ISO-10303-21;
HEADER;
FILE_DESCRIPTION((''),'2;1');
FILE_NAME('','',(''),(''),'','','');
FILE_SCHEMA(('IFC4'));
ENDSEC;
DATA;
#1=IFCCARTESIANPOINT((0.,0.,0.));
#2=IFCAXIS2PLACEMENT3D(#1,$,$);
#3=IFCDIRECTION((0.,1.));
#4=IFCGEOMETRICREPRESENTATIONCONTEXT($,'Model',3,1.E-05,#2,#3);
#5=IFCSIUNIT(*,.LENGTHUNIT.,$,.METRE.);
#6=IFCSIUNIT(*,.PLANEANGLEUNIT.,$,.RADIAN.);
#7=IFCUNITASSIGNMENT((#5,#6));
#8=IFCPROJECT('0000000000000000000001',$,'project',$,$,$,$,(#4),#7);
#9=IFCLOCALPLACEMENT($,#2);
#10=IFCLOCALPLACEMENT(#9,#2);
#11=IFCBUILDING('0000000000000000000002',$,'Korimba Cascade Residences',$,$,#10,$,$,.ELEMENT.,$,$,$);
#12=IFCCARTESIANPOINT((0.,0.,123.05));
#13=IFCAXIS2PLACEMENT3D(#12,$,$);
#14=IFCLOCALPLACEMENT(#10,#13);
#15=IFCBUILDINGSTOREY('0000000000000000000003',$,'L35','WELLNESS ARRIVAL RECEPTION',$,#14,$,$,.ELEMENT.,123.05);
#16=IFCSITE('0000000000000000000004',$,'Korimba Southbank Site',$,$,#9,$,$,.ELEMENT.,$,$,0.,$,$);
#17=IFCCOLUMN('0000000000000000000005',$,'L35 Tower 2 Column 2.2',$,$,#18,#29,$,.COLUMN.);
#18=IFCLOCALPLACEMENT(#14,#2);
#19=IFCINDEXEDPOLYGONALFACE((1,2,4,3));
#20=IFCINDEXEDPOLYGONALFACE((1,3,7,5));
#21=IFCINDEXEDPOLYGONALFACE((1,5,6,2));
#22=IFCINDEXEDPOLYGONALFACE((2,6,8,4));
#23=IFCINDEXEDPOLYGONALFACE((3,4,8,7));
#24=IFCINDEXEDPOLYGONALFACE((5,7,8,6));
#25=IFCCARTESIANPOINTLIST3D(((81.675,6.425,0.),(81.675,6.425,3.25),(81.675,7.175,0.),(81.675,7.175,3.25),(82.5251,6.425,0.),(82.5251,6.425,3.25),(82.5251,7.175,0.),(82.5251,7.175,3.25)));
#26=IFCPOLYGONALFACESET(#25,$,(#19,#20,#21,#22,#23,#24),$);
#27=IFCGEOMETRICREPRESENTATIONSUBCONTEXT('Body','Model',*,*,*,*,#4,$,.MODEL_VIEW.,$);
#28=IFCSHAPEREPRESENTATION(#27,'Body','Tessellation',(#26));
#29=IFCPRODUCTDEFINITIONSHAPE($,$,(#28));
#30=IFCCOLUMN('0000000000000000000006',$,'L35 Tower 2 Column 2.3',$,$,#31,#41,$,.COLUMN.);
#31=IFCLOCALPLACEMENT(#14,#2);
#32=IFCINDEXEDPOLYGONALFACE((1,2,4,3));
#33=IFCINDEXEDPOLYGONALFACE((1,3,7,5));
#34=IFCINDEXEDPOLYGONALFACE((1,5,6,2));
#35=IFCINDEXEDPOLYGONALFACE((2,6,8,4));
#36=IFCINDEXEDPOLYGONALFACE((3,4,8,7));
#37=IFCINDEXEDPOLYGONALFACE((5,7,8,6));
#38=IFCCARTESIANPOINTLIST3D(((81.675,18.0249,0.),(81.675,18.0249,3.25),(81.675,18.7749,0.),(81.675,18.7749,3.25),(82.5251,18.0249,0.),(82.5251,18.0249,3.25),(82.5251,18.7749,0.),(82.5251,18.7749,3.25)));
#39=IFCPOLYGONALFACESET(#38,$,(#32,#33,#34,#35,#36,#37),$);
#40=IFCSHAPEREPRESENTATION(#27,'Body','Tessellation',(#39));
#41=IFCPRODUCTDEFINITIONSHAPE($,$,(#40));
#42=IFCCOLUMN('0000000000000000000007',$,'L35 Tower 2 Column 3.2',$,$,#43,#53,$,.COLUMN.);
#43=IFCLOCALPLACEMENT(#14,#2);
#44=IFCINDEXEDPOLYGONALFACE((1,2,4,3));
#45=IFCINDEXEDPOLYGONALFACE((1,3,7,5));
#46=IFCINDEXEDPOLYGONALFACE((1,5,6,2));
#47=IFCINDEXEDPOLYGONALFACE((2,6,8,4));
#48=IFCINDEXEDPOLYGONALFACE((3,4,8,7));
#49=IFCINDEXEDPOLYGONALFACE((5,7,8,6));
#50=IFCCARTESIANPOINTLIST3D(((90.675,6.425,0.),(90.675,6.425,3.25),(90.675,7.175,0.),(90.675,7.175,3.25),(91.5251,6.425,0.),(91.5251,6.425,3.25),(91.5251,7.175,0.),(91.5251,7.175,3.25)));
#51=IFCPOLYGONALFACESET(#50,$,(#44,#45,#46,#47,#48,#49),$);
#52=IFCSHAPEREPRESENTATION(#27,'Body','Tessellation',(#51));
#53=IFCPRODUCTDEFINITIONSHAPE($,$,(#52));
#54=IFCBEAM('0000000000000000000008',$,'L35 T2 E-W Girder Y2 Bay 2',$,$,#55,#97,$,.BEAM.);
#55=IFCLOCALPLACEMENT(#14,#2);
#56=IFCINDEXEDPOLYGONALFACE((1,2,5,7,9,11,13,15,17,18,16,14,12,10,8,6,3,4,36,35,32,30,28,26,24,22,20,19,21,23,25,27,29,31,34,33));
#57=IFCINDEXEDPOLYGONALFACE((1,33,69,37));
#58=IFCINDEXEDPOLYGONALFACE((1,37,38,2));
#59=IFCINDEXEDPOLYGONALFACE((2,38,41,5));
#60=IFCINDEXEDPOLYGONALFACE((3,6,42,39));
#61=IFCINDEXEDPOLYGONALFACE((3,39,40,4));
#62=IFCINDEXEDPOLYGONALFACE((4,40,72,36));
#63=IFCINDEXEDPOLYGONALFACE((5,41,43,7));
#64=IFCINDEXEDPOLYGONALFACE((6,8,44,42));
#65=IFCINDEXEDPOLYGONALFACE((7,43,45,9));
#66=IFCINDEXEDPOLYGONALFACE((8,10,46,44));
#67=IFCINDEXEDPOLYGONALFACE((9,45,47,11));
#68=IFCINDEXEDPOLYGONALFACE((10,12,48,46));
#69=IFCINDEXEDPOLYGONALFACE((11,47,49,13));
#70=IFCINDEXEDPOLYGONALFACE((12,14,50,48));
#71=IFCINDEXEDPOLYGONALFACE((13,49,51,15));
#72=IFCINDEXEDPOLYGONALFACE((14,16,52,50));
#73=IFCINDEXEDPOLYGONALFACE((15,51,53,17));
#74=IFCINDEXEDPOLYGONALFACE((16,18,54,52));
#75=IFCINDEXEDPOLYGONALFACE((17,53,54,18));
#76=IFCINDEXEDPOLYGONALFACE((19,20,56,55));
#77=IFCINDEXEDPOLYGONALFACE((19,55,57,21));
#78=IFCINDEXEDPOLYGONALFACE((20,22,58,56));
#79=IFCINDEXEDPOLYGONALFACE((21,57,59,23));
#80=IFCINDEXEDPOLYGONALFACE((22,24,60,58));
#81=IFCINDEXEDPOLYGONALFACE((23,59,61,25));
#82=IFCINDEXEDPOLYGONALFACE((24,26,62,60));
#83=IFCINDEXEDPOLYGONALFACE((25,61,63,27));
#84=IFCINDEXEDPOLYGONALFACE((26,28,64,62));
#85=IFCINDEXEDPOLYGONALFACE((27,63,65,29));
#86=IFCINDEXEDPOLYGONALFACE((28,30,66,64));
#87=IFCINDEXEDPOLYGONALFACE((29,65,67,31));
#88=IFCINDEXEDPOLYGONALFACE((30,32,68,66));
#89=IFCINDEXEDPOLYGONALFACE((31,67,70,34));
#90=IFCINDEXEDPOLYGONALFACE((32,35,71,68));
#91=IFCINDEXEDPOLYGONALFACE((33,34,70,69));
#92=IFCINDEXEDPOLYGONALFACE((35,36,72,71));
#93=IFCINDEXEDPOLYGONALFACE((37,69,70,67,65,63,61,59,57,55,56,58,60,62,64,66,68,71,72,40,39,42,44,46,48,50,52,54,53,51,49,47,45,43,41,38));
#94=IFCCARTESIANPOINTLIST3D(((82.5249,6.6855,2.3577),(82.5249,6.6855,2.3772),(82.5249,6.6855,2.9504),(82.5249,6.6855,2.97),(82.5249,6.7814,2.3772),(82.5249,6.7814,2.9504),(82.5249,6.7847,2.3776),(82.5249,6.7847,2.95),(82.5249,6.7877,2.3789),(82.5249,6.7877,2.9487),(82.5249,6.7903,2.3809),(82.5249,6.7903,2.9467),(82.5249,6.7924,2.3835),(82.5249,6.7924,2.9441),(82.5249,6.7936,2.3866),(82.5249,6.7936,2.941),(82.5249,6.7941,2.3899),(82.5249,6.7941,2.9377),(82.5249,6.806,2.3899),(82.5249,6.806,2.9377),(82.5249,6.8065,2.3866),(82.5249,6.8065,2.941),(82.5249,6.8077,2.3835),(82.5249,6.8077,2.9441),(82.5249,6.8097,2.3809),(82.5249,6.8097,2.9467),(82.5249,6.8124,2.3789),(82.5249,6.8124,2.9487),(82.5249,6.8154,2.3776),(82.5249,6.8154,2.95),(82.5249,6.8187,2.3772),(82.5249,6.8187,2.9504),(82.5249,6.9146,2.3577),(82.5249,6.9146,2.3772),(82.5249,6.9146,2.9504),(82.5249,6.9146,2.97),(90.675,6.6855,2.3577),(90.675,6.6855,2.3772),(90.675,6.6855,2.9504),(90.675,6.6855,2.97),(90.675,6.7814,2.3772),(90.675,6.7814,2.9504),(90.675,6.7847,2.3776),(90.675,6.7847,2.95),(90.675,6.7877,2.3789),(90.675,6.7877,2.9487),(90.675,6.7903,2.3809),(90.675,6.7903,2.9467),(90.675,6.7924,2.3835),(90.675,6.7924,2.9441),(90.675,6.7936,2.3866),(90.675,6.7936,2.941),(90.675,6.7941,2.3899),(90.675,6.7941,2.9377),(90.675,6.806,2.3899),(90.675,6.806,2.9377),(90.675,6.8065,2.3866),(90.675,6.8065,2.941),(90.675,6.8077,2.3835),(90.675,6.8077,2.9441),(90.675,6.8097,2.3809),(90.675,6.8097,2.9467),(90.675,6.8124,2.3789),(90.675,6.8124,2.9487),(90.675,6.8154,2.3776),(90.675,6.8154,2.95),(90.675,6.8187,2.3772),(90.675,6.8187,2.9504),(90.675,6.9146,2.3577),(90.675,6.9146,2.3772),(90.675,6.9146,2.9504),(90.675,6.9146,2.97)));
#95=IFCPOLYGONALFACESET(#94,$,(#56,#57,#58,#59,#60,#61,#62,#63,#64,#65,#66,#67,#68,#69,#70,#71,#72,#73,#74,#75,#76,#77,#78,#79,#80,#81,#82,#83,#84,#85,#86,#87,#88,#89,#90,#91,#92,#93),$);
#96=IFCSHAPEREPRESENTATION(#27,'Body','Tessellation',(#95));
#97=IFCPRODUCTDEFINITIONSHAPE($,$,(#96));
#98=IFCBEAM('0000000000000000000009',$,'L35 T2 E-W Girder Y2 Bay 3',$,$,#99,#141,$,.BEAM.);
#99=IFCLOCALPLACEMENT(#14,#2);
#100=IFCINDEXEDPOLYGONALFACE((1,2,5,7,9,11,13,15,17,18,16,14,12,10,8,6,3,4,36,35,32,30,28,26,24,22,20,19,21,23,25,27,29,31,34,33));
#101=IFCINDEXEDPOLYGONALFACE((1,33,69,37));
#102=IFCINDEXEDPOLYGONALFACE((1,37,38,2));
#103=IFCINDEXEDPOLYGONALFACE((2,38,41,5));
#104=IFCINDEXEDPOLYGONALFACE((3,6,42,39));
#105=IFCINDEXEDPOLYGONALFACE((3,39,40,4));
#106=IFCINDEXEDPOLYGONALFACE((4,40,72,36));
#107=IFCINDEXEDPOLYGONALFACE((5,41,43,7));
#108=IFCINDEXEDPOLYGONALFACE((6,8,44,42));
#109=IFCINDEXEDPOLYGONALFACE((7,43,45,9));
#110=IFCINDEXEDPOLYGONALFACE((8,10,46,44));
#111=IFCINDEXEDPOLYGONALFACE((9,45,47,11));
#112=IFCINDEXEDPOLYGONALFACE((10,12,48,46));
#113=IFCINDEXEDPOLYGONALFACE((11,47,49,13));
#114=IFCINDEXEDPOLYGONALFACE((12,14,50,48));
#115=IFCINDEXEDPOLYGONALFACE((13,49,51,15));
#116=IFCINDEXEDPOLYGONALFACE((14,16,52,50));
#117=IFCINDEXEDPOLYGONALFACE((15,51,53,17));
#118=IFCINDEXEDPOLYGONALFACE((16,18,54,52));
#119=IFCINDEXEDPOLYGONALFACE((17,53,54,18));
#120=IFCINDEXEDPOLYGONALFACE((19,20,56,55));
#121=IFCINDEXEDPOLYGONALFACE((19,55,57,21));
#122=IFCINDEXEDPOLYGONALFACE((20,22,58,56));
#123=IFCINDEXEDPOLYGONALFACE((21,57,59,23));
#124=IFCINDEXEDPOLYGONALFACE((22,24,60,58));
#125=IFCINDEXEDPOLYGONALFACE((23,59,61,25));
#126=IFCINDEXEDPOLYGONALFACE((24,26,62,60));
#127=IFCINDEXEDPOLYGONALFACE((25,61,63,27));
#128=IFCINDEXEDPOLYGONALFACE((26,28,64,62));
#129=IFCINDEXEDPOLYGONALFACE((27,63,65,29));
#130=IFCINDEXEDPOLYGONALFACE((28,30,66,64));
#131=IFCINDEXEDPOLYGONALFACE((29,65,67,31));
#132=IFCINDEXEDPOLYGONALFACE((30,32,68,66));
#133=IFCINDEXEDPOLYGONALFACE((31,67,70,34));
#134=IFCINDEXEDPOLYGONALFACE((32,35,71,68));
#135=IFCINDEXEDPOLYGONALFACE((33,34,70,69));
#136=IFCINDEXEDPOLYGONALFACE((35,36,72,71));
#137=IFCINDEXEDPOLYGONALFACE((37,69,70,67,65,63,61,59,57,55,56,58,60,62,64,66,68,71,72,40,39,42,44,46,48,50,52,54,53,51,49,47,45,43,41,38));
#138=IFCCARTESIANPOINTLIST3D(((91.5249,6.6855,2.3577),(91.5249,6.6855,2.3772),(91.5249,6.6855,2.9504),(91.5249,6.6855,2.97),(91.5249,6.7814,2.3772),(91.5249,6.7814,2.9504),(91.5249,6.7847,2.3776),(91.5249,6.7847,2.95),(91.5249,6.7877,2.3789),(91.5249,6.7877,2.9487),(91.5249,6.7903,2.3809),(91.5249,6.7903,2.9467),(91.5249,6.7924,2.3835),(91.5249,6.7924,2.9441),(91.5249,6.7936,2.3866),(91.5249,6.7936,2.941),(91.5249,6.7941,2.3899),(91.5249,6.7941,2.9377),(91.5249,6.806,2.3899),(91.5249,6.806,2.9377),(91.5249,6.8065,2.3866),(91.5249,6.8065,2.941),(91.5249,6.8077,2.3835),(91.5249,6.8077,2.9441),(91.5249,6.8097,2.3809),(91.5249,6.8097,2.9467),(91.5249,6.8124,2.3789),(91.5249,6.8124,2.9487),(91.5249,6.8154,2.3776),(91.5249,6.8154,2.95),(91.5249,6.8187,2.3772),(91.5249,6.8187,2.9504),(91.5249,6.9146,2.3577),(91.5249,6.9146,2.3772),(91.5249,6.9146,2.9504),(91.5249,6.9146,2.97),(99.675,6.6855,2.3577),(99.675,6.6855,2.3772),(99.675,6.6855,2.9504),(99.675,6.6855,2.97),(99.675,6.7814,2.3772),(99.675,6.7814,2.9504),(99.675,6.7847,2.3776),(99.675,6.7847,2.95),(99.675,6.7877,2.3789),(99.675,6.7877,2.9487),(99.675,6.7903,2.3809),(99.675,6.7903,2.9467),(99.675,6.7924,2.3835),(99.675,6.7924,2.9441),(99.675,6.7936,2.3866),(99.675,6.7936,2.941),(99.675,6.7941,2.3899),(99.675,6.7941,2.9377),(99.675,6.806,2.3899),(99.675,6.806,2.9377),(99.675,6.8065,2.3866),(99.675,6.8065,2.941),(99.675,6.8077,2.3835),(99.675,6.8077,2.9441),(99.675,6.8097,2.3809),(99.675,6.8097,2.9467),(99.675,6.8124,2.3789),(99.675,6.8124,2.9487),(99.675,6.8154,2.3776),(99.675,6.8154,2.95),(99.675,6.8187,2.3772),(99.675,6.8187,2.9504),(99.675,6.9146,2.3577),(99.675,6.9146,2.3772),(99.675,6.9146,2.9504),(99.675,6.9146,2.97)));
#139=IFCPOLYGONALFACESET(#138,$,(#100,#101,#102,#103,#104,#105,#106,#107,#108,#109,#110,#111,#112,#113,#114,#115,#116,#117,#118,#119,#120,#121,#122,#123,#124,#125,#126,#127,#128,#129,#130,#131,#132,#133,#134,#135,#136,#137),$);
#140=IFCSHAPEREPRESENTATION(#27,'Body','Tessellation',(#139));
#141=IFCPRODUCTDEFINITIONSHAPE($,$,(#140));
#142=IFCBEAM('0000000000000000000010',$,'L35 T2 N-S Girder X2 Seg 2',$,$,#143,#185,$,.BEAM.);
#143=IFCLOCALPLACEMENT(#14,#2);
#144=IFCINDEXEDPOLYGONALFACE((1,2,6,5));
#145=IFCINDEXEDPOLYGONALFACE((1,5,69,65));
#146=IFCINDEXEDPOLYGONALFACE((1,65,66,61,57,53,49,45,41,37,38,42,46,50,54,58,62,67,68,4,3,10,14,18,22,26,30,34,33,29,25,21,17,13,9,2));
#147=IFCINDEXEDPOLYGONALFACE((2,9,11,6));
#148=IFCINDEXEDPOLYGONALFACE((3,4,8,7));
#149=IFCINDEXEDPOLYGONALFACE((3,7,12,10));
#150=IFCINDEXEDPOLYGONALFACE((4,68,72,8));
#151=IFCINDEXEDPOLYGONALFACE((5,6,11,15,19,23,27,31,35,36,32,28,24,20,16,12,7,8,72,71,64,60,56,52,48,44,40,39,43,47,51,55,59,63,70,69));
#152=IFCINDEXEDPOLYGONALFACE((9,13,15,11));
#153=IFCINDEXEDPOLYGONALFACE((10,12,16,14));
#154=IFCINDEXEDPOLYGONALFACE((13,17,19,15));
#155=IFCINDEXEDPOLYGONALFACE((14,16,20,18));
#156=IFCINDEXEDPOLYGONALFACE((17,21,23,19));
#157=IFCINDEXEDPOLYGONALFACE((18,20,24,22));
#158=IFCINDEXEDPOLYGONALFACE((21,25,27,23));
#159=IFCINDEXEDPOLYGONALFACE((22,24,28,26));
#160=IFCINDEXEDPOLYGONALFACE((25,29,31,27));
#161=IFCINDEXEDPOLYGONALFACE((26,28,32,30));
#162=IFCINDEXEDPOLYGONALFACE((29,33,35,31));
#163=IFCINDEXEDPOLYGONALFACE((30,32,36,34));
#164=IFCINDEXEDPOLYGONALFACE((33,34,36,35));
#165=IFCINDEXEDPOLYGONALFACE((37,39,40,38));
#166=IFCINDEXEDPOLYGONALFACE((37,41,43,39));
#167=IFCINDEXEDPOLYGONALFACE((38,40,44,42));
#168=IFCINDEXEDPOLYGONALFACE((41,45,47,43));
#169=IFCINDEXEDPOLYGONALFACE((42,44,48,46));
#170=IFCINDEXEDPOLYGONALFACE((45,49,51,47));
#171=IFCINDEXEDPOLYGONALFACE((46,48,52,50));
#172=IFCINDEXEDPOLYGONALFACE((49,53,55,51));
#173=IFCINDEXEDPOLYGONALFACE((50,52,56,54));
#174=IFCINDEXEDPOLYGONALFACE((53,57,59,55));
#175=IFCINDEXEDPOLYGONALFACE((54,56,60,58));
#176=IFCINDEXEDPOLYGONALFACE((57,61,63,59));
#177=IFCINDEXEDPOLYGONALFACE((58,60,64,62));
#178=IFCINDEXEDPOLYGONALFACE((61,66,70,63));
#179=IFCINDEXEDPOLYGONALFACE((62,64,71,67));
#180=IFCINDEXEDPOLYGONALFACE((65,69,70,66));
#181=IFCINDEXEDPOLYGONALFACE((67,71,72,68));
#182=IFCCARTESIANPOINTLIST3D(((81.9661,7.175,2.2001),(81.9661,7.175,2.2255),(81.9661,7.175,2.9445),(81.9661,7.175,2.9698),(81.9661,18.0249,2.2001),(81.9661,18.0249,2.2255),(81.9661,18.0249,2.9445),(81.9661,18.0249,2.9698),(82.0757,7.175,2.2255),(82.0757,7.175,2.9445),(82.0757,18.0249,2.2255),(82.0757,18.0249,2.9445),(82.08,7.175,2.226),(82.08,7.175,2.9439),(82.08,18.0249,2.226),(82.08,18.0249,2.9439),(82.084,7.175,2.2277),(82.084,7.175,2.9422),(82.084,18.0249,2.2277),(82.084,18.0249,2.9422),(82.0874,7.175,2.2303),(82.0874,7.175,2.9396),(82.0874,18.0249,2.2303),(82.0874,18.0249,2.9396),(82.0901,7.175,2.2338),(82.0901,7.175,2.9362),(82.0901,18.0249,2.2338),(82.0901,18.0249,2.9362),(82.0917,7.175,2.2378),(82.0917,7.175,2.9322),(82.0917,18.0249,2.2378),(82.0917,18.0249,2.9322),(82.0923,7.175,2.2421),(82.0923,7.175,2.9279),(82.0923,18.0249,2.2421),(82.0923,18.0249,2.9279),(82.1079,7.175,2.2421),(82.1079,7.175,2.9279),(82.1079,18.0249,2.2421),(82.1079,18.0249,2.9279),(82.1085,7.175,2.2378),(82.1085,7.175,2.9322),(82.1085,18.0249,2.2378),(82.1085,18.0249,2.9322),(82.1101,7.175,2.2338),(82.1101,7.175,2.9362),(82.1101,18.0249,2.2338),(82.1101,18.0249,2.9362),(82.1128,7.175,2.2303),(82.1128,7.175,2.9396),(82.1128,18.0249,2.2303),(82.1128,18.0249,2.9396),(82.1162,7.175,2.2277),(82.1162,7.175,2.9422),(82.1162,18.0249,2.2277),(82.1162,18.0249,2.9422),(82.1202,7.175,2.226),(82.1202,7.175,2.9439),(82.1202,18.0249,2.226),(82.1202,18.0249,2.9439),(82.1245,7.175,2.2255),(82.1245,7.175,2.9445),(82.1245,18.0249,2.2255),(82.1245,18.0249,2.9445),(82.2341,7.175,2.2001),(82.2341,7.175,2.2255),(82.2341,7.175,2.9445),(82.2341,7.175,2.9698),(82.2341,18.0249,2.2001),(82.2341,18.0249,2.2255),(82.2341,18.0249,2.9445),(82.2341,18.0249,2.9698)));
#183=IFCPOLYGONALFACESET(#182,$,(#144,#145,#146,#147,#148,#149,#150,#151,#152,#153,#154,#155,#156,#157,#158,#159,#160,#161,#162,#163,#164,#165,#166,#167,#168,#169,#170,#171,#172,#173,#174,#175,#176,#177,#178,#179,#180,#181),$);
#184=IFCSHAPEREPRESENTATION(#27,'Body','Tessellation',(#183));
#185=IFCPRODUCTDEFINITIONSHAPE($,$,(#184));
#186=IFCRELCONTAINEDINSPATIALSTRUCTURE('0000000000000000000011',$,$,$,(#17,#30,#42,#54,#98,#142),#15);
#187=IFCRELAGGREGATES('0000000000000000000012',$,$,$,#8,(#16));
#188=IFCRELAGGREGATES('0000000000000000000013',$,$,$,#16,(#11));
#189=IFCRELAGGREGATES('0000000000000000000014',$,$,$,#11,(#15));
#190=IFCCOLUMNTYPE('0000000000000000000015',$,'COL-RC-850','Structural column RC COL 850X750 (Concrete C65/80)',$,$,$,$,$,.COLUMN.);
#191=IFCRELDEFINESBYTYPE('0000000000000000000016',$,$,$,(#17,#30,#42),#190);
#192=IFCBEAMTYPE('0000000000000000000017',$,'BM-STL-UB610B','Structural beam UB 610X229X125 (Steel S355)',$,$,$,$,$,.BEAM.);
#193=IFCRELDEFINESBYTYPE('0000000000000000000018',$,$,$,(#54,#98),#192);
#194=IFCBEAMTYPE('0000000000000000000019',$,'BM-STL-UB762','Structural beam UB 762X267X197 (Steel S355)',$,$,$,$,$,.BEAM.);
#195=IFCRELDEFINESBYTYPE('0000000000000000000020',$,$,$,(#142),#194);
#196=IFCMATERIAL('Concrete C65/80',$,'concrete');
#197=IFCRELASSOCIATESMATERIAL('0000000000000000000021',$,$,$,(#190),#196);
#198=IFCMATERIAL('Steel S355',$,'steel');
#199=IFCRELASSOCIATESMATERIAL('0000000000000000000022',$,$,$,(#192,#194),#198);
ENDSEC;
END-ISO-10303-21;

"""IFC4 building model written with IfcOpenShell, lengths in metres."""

from ifc_helpers import new_model, si_unit, direction, frame, origin, origin_2d, place, context, subcontext, project, spatial, rectangle, i_section, extrude, material, material_profile, profile_set, type_object, element, save


model = new_model("IFC4")

# Units and contexts
model_context = context("Model", 3, precision=1e-05, world=origin(), true_north=direction((0.0, 1.0)))
body_context = subcontext(model_context, "Body", "Model", "MODEL_VIEW")
ifc_project = project(units=[si_unit("LENGTHUNIT", "METRE"), si_unit("PLANEANGLEUNIT", "RADIAN")], contexts=[model_context])

# Site, building, storey
site_placement = place(None, origin())
site = spatial("IfcSite", under=ifc_project, at=site_placement, Name="Korimba Southbank Site", CompositionType="ELEMENT", RefElevation=0.0)
building_placement = place(site_placement, origin())
building = spatial("IfcBuilding", under=site, at=building_placement, Name="Korimba Cascade Residences", CompositionType="ELEMENT")
storey_placement = place(building_placement, frame((0.0, 0.0, 123.05)))
storey = spatial("IfcBuildingStorey", under=building, at=storey_placement, Name="L35", Description="WELLNESS ARRIVAL RECEPTION", CompositionType="ELEMENT", Elevation=123.05)

# Columns
ifc_material_1 = material(Name="Concrete C65/80", Category="concrete")
ifc_material_profile_1 = material_profile(ifc_material_1, rectangle(XDim=0.8501, YDim=0.75, at=origin_2d()), Name="Concrete C65/80")
ifc_profile_set_1 = profile_set([ifc_material_profile_1], Name="Concrete C65/80")
column_type = type_object("IfcColumnType", Name="COL-RC-850", Description="Structural column RC COL 850X750 (Concrete C65/80)", PredefinedType="COLUMN", material=ifc_profile_set_1)
for number, where, z_axis, x_axis, name in (
    (1, (82.1001, 6.8, 0.0), (0.0, 0.0, 1.0), (1.0, 0.0, 0.0), "L35 Tower 2 Column 2.2"),
    (2, (82.1001, 18.3999, 0.0), (0.0, 0.0, 1.0), (1.0, 0.0, 0.0), "L35 Tower 2 Column 2.3"),
    (3, (91.1001, 6.8, 0.0), (0.0, 0.0, 1.0), (1.0, 0.0, 0.0), "L35 Tower 2 Column 3.2"),
):
    element("IfcColumn", number, at=place(storey_placement, frame(where, z_axis=z_axis, x_axis=x_axis)), inside=storey, type_object=column_type, Name=name, PredefinedType="COLUMN", context=body_context, shape_type="SweptSolid", body=[
        extrude(rectangle(XDim=0.8501, YDim=0.75, at=origin_2d()), origin(), (0.0, 0.0, 1.0), 3.25),
    ])

# Beams
ifc_material_2 = material(Name="Steel S355", Category="steel")
ifc_material_profile_2 = material_profile(ifc_material_2, i_section(OverallWidth=0.229, OverallDepth=0.6123, WebThickness=0.012, FlangeThickness=0.0195, FilletRadius=0.0127, at=origin_2d()), Name="Steel S355")
ifc_profile_set_2 = profile_set([ifc_material_profile_2], Name="Steel S355")
beam_type_1 = type_object("IfcBeamType", Name="BM-STL-UB610B", Description="Structural beam UB 610X229X125 (Steel S355)", PredefinedType="BEAM", material=ifc_profile_set_2)
for number, where, z_axis, x_axis, name in (
    (4, (82.5249, 6.8, 2.6638), (1.0, 0.0, 0.0), (0.0, 1.0, 0.0), "L35 T2 E-W Girder Y2 Bay 2"),
    (5, (91.5249, 6.8, 2.6638), (1.0, 0.0, 0.0), (0.0, 1.0, 0.0), "L35 T2 E-W Girder Y2 Bay 3"),
):
    element("IfcBeam", number, at=place(storey_placement, frame(where, z_axis=z_axis, x_axis=x_axis)), inside=storey, type_object=beam_type_1, Name=name, PredefinedType="BEAM", context=body_context, shape_type="SweptSolid", body=[
        extrude(i_section(OverallWidth=0.229, OverallDepth=0.6123, WebThickness=0.012, FlangeThickness=0.0195, FilletRadius=0.0127, at=origin_2d()), origin(), (0.0, 0.0, 1.0), 8.1501),
    ])
ifc_material_profile_3 = material_profile(ifc_material_2, i_section(OverallWidth=0.2681, OverallDepth=0.7698, WebThickness=0.0156, FlangeThickness=0.0254, FilletRadius=0.0166, at=origin_2d()), Name="Steel S355")
ifc_profile_set_3 = profile_set([ifc_material_profile_3], Name="Steel S355")
beam_type_2 = type_object("IfcBeamType", Name="BM-STL-UB762", Description="Structural beam UB 762X267X197 (Steel S355)", PredefinedType="BEAM", material=ifc_profile_set_3)
for number, where, z_axis, x_axis, name in (
    (6, (82.1001, 7.175, 2.585), (0.0, 1.0, 0.0), (-1.0, 0.0, 0.0), "L35 T2 N-S Girder X2 Seg 2"),
):
    element("IfcBeam", number, at=place(storey_placement, frame(where, z_axis=z_axis, x_axis=x_axis)), inside=storey, type_object=beam_type_2, Name=name, PredefinedType="BEAM", context=body_context, shape_type="SweptSolid", body=[
        extrude(i_section(OverallWidth=0.2681, OverallDepth=0.7698, WebThickness=0.0156, FlangeThickness=0.0254, FilletRadius=0.0166, at=origin_2d()), origin(), (0.0, 0.0, 1.0), 10.8499),
    ])

save(model, "model.ifc")
